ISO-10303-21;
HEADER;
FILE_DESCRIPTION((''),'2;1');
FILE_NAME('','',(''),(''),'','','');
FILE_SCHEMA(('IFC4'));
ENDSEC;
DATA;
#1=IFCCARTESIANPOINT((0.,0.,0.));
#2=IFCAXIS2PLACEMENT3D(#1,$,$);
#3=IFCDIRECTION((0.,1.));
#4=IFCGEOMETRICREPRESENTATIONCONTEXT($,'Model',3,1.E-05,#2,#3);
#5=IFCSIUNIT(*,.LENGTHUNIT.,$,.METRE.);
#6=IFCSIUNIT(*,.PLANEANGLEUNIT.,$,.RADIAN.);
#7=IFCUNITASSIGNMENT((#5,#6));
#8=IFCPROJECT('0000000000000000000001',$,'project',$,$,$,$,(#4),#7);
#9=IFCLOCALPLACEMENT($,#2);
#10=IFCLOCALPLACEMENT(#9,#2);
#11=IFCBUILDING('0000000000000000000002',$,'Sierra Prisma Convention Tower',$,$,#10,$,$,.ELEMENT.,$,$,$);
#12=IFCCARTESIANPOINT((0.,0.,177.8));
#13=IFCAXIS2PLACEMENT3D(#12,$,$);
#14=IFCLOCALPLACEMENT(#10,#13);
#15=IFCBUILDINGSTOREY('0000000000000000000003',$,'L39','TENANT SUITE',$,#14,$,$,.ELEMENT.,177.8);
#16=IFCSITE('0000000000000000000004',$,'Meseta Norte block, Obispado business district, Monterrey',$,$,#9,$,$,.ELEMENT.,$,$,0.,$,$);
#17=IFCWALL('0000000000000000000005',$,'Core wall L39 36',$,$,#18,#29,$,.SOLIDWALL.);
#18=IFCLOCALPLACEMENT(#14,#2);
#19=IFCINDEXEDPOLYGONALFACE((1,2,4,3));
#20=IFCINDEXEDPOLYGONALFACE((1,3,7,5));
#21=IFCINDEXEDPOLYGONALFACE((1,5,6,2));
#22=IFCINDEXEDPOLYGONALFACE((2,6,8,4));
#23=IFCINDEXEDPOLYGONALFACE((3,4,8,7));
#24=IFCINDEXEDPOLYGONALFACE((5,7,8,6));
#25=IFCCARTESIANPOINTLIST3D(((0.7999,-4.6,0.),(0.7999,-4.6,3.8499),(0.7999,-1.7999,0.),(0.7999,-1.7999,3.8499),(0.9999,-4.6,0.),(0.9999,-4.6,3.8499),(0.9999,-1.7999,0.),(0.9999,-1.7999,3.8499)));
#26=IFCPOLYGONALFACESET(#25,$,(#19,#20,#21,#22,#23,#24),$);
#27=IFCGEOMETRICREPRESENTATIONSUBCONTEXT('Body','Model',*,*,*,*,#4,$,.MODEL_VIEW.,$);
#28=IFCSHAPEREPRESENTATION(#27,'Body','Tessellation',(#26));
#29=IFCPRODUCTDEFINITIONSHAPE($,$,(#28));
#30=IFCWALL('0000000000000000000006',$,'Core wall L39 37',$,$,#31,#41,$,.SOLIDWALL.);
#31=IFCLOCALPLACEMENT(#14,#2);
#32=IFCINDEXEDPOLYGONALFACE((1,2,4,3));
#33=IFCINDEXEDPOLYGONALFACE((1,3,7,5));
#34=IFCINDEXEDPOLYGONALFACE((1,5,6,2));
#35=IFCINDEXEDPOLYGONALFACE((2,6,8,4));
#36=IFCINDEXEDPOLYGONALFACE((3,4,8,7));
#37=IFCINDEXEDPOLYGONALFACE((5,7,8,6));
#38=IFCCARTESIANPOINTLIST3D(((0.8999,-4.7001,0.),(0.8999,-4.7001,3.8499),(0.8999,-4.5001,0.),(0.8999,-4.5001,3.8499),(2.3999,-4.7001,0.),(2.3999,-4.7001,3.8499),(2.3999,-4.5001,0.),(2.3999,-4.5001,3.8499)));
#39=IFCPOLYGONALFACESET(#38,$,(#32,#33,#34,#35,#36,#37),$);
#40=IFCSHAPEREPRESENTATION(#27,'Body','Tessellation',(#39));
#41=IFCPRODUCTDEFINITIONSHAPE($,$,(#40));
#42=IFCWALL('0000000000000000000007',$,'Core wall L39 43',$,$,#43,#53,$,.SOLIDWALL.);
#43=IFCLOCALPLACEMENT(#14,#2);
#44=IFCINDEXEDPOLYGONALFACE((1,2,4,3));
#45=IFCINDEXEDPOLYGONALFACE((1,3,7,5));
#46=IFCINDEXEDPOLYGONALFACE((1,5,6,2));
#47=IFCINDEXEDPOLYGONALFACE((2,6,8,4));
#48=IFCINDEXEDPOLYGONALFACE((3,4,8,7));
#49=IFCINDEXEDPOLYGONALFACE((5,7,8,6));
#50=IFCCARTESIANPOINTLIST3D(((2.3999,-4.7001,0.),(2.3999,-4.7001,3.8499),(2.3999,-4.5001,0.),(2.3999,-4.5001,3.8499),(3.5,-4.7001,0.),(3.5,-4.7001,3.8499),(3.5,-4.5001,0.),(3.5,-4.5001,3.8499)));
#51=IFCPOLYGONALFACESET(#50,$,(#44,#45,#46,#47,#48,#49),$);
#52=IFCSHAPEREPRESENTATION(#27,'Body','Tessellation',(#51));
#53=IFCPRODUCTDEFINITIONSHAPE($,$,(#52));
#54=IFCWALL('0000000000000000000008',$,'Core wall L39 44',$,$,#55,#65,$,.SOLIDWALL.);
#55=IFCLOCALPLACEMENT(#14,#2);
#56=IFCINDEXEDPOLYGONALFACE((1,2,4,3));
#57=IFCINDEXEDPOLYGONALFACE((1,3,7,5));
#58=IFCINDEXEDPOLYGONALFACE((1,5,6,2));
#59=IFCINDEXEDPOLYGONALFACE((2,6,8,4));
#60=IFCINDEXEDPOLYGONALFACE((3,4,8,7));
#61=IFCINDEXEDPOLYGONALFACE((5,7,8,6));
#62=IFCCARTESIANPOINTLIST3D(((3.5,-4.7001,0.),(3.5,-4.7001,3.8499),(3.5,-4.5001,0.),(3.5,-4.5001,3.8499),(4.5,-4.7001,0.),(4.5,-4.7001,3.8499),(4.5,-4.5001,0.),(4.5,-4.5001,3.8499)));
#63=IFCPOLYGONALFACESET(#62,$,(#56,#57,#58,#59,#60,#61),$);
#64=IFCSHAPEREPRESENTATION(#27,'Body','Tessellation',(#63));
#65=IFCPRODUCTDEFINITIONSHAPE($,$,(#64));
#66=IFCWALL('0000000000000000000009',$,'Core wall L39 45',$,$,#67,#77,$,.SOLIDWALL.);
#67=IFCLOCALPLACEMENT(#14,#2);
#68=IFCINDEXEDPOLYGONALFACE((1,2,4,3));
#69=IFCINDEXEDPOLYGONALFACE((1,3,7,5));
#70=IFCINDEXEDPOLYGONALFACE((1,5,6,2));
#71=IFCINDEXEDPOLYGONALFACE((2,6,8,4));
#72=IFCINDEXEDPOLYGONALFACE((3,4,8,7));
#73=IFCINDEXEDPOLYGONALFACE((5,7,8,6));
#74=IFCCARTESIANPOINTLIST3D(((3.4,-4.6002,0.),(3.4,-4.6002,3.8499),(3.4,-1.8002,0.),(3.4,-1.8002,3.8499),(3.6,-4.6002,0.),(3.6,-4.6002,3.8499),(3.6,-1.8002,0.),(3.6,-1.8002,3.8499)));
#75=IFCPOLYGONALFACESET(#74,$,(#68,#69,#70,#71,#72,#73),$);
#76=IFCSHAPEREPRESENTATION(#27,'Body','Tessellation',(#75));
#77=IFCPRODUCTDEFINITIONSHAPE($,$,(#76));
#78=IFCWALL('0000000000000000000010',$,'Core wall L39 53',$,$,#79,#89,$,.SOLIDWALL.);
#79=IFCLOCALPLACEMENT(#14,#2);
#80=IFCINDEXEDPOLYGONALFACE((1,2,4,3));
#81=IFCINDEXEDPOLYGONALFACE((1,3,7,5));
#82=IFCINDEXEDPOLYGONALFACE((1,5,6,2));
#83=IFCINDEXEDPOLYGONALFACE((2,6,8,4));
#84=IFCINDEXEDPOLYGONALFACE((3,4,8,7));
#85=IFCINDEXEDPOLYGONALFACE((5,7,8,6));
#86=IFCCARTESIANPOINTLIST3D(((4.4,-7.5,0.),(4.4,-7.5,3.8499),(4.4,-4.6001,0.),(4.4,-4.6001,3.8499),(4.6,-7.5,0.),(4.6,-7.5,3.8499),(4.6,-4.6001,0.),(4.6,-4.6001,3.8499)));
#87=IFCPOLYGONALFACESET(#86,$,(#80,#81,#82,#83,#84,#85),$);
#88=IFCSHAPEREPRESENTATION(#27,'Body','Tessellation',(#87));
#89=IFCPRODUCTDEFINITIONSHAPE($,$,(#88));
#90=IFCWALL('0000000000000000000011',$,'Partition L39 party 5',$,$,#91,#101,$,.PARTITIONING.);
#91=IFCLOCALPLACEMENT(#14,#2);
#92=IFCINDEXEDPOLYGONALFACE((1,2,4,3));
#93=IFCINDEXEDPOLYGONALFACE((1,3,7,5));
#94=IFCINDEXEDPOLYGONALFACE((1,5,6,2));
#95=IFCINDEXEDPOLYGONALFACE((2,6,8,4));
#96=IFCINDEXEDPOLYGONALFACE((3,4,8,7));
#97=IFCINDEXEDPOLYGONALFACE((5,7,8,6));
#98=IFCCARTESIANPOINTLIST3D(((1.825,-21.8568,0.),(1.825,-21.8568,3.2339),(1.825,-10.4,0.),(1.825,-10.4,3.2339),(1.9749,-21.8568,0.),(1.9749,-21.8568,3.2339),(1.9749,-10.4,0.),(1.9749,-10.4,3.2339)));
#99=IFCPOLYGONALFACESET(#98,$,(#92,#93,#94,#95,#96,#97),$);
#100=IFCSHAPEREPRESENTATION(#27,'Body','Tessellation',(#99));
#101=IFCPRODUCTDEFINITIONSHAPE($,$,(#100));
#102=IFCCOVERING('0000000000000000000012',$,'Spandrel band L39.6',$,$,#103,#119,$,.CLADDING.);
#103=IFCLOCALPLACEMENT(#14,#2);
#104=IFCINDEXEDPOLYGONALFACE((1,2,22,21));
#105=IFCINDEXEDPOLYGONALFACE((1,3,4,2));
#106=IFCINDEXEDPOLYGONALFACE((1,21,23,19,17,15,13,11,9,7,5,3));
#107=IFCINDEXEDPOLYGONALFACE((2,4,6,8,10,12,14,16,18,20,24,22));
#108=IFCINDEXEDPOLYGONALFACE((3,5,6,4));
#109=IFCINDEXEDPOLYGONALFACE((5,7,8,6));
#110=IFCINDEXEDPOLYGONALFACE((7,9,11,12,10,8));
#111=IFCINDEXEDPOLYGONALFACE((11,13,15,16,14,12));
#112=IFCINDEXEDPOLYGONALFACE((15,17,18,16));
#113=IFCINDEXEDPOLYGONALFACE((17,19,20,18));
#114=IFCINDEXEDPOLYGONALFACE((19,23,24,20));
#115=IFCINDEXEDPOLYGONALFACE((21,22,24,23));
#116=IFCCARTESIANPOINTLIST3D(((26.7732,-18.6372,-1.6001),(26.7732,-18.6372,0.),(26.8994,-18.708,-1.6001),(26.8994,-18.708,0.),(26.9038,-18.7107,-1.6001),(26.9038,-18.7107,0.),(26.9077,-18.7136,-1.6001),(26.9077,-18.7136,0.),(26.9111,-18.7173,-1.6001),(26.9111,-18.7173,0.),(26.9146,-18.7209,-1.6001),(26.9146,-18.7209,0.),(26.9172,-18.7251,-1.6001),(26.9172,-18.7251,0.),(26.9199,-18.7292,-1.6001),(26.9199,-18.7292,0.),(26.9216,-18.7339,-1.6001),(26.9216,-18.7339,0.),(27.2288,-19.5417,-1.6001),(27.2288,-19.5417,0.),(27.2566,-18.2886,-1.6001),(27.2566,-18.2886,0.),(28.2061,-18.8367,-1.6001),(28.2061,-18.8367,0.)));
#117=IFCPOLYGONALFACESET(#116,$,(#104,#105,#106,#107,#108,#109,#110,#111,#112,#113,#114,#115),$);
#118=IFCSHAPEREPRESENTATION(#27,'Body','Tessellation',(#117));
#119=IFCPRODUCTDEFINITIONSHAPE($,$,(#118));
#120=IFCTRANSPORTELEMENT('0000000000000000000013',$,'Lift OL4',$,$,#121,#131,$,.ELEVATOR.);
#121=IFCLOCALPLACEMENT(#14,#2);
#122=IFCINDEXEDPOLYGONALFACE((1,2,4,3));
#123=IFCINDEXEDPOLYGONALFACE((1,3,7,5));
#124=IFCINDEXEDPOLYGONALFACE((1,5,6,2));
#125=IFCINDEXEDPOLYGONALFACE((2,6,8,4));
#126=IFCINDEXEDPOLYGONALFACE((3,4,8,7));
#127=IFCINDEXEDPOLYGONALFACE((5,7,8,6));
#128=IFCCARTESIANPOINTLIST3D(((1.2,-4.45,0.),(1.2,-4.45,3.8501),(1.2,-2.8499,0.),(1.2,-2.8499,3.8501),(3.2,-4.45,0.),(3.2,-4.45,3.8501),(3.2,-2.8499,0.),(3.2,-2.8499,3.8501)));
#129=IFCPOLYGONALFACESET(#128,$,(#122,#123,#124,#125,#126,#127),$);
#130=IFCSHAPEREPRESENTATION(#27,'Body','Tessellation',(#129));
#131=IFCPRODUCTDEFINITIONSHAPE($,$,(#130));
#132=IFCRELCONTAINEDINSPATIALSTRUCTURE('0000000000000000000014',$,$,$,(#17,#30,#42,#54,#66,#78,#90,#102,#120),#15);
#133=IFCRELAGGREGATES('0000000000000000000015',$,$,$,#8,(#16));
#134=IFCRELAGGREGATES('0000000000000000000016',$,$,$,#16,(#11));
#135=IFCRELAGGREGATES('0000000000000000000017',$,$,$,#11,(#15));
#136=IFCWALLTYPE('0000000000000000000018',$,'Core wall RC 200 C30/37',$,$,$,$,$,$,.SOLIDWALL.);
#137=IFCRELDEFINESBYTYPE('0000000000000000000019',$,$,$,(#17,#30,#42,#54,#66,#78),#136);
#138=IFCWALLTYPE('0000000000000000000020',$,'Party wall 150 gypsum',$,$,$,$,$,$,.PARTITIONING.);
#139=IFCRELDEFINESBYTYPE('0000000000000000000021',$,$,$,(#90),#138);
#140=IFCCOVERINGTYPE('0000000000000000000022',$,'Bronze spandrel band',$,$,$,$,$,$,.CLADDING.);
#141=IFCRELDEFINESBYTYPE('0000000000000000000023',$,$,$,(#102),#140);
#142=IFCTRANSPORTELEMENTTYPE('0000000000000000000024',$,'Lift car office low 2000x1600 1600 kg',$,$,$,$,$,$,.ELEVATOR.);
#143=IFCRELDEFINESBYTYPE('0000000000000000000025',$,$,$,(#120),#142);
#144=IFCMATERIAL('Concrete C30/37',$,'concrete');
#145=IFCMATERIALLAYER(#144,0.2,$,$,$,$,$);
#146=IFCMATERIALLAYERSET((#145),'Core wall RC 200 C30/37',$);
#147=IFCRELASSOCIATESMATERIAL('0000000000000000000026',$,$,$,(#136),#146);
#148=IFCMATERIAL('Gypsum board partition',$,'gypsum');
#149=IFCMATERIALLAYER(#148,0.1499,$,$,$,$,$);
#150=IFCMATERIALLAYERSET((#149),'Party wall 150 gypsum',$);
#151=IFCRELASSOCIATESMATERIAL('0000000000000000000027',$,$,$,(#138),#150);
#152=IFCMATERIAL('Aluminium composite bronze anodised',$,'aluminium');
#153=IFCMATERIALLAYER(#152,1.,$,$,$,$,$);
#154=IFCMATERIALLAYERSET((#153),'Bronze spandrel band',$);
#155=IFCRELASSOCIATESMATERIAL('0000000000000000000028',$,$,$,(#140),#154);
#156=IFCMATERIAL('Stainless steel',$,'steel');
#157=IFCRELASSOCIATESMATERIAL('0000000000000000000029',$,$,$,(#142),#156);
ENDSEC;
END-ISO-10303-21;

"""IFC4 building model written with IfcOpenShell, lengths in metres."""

from ifc_helpers import new_model, si_unit, direction, frame, frame_2d, origin, origin_2d, place, context, subcontext, project, spatial, polyline, rectangle, outline, extrude, material, layer, layer_set, type_object, element, save


model = new_model("IFC4")

# Units and contexts
model_context = context("Model", 3, precision=1e-05, world=origin(), true_north=direction((0.0, 1.0)))
body_context = subcontext(model_context, "Body", "Model", "MODEL_VIEW")
ifc_project = project(units=[si_unit("LENGTHUNIT", "METRE"), si_unit("PLANEANGLEUNIT", "RADIAN")], contexts=[model_context])

# Site, building, storey
site_placement = place(None, origin())
site = spatial("IfcSite", under=ifc_project, at=site_placement, Name="Meseta Norte block, Obispado business district, Monterrey", CompositionType="ELEMENT", RefElevation=0.0)
building_placement = place(site_placement, origin())
building = spatial("IfcBuilding", under=site, at=building_placement, Name="Sierra Prisma Convention Tower", CompositionType="ELEMENT")
storey_placement = place(building_placement, frame((0.0, 0.0, 177.8)))
storey = spatial("IfcBuildingStorey", under=building, at=storey_placement, Name="L39", Description="TENANT SUITE", CompositionType="ELEMENT", Elevation=177.8)

# Shared definitions
ifc_material_1 = material(Name="Concrete C30/37", Category="concrete")
ifc_layer_1 = layer(ifc_material_1, 0.2)
ifc_layer_set_1 = layer_set([ifc_layer_1], Name="Core wall RC 200 C30/37")
wall_type_1 = type_object("IfcWallType", Name="Core wall RC 200 C30/37", PredefinedType="SOLIDWALL", material=ifc_layer_set_1)

# Walls
wall_1_placement = place(storey_placement, frame((0.8999, -1.8, 0.0), z_axis=(0.0, 0.0, 1.0), x_axis=(0.0, -1.0, 0.0)))
element("IfcWall", 1, at=wall_1_placement, inside=storey, type_object=wall_type_1, Name="Core wall L39 36", PredefinedType="SOLIDWALL", context=body_context, shape_type="SweptSolid", body=[
    extrude(rectangle(XDim=2.8, YDim=0.2, at=frame_2d((1.3999, 0.0))), origin(), (0.0, 0.0, 1.0), 3.8499),
])
wall_2_placement = place(storey_placement, frame((0.8999, -4.6001, 0.0), z_axis=(0.0, 0.0, 1.0), x_axis=(1.0, 0.0, 0.0)))
element("IfcWall", 2, at=wall_2_placement, inside=storey, type_object=wall_type_1, Name="Core wall L39 37", PredefinedType="SOLIDWALL", context=body_context, shape_type="SweptSolid", body=[
    extrude(rectangle(XDim=1.5, YDim=0.2, at=frame_2d((0.75, 0.0))), origin(), (0.0, 0.0, 1.0), 3.8499),
])

# Walls
wall_3_placement = place(storey_placement, frame((3.5, -4.6001, 0.0), z_axis=(0.0, 0.0, 1.0), x_axis=(-1.0, 0.0, 0.0)))
element("IfcWall", 3, at=wall_3_placement, inside=storey, type_object=wall_type_1, Name="Core wall L39 43", PredefinedType="SOLIDWALL", context=body_context, shape_type="SweptSolid", body=[
    extrude(rectangle(XDim=1.1001, YDim=0.2, at=frame_2d((0.55, 0.0))), origin(), (0.0, 0.0, 1.0), 3.8499),
])
wall_4_placement = place(storey_placement, frame((4.5, -4.6001, 0.0), z_axis=(0.0, 0.0, 1.0), x_axis=(-1.0, 0.0, 0.0)))
element("IfcWall", 4, at=wall_4_placement, inside=storey, type_object=wall_type_1, Name="Core wall L39 44", PredefinedType="SOLIDWALL", context=body_context, shape_type="SweptSolid", body=[
    extrude(rectangle(XDim=1.0, YDim=0.2, at=frame_2d((0.5, 0.0))), origin(), (0.0, 0.0, 1.0), 3.8499),
])
wall_5_placement = place(storey_placement, frame((3.5, -4.6001, 0.0), z_axis=(0.0, 0.0, 1.0), x_axis=(0.0, 1.0, 0.0)))
element("IfcWall", 5, at=wall_5_placement, inside=storey, type_object=wall_type_1, Name="Core wall L39 45", PredefinedType="SOLIDWALL", context=body_context, shape_type="SweptSolid", body=[
    extrude(rectangle(XDim=2.8, YDim=0.2, at=frame_2d((1.3999, 0.0))), origin(), (0.0, 0.0, 1.0), 3.8499),
])

# Walls
wall_6_placement = place(storey_placement, frame((4.5, -4.6001, 0.0), z_axis=(0.0, 0.0, 1.0), x_axis=(0.0, -1.0, 0.0)))
element("IfcWall", 6, at=wall_6_placement, inside=storey, type_object=wall_type_1, Name="Core wall L39 53", PredefinedType="SOLIDWALL", context=body_context, shape_type="SweptSolid", body=[
    extrude(rectangle(XDim=2.8999, YDim=0.2, at=frame_2d((1.45, 0.0))), origin(), (0.0, 0.0, 1.0), 3.8499),
])
ifc_material_2 = material(Name="Gypsum board partition", Category="gypsum")
ifc_layer_2 = layer(ifc_material_2, 0.1499)
ifc_layer_set_2 = layer_set([ifc_layer_2], Name="Party wall 150 gypsum")
wall_type_2 = type_object("IfcWallType", Name="Party wall 150 gypsum", PredefinedType="PARTITIONING", material=ifc_layer_set_2)
wall_7_placement = place(storey_placement, frame((1.8999, -10.3999, 0.0), z_axis=(0.0, 0.0, 1.0), x_axis=(0.0, -1.0, 0.0)))
element("IfcWall", 7, at=wall_7_placement, inside=storey, type_object=wall_type_2, Name="Partition L39 party 5", PredefinedType="PARTITIONING", context=body_context, shape_type="SweptSolid", body=[
    extrude(rectangle(XDim=11.4568, YDim=0.1499, at=frame_2d((5.7285, 0.0))), origin(), (0.0, 0.0, 1.0), 3.2339),
])

# Covering
ifc_material_3 = material(Name="Aluminium composite bronze anodised", Category="aluminium")
ifc_layer_3 = layer(ifc_material_3, 1.0)
ifc_layer_set_3 = layer_set([ifc_layer_3], Name="Bronze spandrel band")
covering_type = type_object("IfcCoveringType", Name="Bronze spandrel band", PredefinedType="CLADDING", material=ifc_layer_set_3)
covering_placement = place(storey_placement, frame((0.0, 0.0, -1.6001)))
element("IfcCovering", 8, at=covering_placement, inside=storey, type_object=covering_type, Name="Spandrel band L39.6", PredefinedType="CLADDING", context=body_context, shape_type="SweptSolid", body=[
    extrude(outline(polyline([(26.9172, -18.7251), (26.9146, -18.7209), (26.9111, -18.7173), (26.9077, -18.7136), (26.9038, -18.7107), (26.8994, -18.708), (26.7732, -18.6372), (27.2566, -18.2886), (28.2061, -18.8367), (27.2288, -19.5417), (26.9216, -18.7339), (26.9199, -18.7292), (26.9172, -18.7251)])), origin(), (0.0, 0.0, 1.0), 1.6001),
])

# Transport element
ifc_material_4 = material(Name="Stainless steel", Category="steel")
transport_element_type = type_object("IfcTransportElementType", Name="Lift car office low 2000x1600 1600 kg", PredefinedType="ELEVATOR", material=ifc_material_4)
transport_element_placement = place(storey_placement, frame((2.2, -3.6499, 0.0), z_axis=(0.0, 0.0, 1.0), x_axis=(1.0, 0.0, 0.0)))
element("IfcTransportElement", 9, at=transport_element_placement, inside=storey, type_object=transport_element_type, Name="Lift OL4", PredefinedType="ELEVATOR", context=body_context, shape_type="SweptSolid", body=[
    extrude(rectangle(XDim=2.0, YDim=1.6001, at=origin_2d()), origin(), (0.0, 0.0, 1.0), 3.8501),
])

save(model, "model.ifc")
